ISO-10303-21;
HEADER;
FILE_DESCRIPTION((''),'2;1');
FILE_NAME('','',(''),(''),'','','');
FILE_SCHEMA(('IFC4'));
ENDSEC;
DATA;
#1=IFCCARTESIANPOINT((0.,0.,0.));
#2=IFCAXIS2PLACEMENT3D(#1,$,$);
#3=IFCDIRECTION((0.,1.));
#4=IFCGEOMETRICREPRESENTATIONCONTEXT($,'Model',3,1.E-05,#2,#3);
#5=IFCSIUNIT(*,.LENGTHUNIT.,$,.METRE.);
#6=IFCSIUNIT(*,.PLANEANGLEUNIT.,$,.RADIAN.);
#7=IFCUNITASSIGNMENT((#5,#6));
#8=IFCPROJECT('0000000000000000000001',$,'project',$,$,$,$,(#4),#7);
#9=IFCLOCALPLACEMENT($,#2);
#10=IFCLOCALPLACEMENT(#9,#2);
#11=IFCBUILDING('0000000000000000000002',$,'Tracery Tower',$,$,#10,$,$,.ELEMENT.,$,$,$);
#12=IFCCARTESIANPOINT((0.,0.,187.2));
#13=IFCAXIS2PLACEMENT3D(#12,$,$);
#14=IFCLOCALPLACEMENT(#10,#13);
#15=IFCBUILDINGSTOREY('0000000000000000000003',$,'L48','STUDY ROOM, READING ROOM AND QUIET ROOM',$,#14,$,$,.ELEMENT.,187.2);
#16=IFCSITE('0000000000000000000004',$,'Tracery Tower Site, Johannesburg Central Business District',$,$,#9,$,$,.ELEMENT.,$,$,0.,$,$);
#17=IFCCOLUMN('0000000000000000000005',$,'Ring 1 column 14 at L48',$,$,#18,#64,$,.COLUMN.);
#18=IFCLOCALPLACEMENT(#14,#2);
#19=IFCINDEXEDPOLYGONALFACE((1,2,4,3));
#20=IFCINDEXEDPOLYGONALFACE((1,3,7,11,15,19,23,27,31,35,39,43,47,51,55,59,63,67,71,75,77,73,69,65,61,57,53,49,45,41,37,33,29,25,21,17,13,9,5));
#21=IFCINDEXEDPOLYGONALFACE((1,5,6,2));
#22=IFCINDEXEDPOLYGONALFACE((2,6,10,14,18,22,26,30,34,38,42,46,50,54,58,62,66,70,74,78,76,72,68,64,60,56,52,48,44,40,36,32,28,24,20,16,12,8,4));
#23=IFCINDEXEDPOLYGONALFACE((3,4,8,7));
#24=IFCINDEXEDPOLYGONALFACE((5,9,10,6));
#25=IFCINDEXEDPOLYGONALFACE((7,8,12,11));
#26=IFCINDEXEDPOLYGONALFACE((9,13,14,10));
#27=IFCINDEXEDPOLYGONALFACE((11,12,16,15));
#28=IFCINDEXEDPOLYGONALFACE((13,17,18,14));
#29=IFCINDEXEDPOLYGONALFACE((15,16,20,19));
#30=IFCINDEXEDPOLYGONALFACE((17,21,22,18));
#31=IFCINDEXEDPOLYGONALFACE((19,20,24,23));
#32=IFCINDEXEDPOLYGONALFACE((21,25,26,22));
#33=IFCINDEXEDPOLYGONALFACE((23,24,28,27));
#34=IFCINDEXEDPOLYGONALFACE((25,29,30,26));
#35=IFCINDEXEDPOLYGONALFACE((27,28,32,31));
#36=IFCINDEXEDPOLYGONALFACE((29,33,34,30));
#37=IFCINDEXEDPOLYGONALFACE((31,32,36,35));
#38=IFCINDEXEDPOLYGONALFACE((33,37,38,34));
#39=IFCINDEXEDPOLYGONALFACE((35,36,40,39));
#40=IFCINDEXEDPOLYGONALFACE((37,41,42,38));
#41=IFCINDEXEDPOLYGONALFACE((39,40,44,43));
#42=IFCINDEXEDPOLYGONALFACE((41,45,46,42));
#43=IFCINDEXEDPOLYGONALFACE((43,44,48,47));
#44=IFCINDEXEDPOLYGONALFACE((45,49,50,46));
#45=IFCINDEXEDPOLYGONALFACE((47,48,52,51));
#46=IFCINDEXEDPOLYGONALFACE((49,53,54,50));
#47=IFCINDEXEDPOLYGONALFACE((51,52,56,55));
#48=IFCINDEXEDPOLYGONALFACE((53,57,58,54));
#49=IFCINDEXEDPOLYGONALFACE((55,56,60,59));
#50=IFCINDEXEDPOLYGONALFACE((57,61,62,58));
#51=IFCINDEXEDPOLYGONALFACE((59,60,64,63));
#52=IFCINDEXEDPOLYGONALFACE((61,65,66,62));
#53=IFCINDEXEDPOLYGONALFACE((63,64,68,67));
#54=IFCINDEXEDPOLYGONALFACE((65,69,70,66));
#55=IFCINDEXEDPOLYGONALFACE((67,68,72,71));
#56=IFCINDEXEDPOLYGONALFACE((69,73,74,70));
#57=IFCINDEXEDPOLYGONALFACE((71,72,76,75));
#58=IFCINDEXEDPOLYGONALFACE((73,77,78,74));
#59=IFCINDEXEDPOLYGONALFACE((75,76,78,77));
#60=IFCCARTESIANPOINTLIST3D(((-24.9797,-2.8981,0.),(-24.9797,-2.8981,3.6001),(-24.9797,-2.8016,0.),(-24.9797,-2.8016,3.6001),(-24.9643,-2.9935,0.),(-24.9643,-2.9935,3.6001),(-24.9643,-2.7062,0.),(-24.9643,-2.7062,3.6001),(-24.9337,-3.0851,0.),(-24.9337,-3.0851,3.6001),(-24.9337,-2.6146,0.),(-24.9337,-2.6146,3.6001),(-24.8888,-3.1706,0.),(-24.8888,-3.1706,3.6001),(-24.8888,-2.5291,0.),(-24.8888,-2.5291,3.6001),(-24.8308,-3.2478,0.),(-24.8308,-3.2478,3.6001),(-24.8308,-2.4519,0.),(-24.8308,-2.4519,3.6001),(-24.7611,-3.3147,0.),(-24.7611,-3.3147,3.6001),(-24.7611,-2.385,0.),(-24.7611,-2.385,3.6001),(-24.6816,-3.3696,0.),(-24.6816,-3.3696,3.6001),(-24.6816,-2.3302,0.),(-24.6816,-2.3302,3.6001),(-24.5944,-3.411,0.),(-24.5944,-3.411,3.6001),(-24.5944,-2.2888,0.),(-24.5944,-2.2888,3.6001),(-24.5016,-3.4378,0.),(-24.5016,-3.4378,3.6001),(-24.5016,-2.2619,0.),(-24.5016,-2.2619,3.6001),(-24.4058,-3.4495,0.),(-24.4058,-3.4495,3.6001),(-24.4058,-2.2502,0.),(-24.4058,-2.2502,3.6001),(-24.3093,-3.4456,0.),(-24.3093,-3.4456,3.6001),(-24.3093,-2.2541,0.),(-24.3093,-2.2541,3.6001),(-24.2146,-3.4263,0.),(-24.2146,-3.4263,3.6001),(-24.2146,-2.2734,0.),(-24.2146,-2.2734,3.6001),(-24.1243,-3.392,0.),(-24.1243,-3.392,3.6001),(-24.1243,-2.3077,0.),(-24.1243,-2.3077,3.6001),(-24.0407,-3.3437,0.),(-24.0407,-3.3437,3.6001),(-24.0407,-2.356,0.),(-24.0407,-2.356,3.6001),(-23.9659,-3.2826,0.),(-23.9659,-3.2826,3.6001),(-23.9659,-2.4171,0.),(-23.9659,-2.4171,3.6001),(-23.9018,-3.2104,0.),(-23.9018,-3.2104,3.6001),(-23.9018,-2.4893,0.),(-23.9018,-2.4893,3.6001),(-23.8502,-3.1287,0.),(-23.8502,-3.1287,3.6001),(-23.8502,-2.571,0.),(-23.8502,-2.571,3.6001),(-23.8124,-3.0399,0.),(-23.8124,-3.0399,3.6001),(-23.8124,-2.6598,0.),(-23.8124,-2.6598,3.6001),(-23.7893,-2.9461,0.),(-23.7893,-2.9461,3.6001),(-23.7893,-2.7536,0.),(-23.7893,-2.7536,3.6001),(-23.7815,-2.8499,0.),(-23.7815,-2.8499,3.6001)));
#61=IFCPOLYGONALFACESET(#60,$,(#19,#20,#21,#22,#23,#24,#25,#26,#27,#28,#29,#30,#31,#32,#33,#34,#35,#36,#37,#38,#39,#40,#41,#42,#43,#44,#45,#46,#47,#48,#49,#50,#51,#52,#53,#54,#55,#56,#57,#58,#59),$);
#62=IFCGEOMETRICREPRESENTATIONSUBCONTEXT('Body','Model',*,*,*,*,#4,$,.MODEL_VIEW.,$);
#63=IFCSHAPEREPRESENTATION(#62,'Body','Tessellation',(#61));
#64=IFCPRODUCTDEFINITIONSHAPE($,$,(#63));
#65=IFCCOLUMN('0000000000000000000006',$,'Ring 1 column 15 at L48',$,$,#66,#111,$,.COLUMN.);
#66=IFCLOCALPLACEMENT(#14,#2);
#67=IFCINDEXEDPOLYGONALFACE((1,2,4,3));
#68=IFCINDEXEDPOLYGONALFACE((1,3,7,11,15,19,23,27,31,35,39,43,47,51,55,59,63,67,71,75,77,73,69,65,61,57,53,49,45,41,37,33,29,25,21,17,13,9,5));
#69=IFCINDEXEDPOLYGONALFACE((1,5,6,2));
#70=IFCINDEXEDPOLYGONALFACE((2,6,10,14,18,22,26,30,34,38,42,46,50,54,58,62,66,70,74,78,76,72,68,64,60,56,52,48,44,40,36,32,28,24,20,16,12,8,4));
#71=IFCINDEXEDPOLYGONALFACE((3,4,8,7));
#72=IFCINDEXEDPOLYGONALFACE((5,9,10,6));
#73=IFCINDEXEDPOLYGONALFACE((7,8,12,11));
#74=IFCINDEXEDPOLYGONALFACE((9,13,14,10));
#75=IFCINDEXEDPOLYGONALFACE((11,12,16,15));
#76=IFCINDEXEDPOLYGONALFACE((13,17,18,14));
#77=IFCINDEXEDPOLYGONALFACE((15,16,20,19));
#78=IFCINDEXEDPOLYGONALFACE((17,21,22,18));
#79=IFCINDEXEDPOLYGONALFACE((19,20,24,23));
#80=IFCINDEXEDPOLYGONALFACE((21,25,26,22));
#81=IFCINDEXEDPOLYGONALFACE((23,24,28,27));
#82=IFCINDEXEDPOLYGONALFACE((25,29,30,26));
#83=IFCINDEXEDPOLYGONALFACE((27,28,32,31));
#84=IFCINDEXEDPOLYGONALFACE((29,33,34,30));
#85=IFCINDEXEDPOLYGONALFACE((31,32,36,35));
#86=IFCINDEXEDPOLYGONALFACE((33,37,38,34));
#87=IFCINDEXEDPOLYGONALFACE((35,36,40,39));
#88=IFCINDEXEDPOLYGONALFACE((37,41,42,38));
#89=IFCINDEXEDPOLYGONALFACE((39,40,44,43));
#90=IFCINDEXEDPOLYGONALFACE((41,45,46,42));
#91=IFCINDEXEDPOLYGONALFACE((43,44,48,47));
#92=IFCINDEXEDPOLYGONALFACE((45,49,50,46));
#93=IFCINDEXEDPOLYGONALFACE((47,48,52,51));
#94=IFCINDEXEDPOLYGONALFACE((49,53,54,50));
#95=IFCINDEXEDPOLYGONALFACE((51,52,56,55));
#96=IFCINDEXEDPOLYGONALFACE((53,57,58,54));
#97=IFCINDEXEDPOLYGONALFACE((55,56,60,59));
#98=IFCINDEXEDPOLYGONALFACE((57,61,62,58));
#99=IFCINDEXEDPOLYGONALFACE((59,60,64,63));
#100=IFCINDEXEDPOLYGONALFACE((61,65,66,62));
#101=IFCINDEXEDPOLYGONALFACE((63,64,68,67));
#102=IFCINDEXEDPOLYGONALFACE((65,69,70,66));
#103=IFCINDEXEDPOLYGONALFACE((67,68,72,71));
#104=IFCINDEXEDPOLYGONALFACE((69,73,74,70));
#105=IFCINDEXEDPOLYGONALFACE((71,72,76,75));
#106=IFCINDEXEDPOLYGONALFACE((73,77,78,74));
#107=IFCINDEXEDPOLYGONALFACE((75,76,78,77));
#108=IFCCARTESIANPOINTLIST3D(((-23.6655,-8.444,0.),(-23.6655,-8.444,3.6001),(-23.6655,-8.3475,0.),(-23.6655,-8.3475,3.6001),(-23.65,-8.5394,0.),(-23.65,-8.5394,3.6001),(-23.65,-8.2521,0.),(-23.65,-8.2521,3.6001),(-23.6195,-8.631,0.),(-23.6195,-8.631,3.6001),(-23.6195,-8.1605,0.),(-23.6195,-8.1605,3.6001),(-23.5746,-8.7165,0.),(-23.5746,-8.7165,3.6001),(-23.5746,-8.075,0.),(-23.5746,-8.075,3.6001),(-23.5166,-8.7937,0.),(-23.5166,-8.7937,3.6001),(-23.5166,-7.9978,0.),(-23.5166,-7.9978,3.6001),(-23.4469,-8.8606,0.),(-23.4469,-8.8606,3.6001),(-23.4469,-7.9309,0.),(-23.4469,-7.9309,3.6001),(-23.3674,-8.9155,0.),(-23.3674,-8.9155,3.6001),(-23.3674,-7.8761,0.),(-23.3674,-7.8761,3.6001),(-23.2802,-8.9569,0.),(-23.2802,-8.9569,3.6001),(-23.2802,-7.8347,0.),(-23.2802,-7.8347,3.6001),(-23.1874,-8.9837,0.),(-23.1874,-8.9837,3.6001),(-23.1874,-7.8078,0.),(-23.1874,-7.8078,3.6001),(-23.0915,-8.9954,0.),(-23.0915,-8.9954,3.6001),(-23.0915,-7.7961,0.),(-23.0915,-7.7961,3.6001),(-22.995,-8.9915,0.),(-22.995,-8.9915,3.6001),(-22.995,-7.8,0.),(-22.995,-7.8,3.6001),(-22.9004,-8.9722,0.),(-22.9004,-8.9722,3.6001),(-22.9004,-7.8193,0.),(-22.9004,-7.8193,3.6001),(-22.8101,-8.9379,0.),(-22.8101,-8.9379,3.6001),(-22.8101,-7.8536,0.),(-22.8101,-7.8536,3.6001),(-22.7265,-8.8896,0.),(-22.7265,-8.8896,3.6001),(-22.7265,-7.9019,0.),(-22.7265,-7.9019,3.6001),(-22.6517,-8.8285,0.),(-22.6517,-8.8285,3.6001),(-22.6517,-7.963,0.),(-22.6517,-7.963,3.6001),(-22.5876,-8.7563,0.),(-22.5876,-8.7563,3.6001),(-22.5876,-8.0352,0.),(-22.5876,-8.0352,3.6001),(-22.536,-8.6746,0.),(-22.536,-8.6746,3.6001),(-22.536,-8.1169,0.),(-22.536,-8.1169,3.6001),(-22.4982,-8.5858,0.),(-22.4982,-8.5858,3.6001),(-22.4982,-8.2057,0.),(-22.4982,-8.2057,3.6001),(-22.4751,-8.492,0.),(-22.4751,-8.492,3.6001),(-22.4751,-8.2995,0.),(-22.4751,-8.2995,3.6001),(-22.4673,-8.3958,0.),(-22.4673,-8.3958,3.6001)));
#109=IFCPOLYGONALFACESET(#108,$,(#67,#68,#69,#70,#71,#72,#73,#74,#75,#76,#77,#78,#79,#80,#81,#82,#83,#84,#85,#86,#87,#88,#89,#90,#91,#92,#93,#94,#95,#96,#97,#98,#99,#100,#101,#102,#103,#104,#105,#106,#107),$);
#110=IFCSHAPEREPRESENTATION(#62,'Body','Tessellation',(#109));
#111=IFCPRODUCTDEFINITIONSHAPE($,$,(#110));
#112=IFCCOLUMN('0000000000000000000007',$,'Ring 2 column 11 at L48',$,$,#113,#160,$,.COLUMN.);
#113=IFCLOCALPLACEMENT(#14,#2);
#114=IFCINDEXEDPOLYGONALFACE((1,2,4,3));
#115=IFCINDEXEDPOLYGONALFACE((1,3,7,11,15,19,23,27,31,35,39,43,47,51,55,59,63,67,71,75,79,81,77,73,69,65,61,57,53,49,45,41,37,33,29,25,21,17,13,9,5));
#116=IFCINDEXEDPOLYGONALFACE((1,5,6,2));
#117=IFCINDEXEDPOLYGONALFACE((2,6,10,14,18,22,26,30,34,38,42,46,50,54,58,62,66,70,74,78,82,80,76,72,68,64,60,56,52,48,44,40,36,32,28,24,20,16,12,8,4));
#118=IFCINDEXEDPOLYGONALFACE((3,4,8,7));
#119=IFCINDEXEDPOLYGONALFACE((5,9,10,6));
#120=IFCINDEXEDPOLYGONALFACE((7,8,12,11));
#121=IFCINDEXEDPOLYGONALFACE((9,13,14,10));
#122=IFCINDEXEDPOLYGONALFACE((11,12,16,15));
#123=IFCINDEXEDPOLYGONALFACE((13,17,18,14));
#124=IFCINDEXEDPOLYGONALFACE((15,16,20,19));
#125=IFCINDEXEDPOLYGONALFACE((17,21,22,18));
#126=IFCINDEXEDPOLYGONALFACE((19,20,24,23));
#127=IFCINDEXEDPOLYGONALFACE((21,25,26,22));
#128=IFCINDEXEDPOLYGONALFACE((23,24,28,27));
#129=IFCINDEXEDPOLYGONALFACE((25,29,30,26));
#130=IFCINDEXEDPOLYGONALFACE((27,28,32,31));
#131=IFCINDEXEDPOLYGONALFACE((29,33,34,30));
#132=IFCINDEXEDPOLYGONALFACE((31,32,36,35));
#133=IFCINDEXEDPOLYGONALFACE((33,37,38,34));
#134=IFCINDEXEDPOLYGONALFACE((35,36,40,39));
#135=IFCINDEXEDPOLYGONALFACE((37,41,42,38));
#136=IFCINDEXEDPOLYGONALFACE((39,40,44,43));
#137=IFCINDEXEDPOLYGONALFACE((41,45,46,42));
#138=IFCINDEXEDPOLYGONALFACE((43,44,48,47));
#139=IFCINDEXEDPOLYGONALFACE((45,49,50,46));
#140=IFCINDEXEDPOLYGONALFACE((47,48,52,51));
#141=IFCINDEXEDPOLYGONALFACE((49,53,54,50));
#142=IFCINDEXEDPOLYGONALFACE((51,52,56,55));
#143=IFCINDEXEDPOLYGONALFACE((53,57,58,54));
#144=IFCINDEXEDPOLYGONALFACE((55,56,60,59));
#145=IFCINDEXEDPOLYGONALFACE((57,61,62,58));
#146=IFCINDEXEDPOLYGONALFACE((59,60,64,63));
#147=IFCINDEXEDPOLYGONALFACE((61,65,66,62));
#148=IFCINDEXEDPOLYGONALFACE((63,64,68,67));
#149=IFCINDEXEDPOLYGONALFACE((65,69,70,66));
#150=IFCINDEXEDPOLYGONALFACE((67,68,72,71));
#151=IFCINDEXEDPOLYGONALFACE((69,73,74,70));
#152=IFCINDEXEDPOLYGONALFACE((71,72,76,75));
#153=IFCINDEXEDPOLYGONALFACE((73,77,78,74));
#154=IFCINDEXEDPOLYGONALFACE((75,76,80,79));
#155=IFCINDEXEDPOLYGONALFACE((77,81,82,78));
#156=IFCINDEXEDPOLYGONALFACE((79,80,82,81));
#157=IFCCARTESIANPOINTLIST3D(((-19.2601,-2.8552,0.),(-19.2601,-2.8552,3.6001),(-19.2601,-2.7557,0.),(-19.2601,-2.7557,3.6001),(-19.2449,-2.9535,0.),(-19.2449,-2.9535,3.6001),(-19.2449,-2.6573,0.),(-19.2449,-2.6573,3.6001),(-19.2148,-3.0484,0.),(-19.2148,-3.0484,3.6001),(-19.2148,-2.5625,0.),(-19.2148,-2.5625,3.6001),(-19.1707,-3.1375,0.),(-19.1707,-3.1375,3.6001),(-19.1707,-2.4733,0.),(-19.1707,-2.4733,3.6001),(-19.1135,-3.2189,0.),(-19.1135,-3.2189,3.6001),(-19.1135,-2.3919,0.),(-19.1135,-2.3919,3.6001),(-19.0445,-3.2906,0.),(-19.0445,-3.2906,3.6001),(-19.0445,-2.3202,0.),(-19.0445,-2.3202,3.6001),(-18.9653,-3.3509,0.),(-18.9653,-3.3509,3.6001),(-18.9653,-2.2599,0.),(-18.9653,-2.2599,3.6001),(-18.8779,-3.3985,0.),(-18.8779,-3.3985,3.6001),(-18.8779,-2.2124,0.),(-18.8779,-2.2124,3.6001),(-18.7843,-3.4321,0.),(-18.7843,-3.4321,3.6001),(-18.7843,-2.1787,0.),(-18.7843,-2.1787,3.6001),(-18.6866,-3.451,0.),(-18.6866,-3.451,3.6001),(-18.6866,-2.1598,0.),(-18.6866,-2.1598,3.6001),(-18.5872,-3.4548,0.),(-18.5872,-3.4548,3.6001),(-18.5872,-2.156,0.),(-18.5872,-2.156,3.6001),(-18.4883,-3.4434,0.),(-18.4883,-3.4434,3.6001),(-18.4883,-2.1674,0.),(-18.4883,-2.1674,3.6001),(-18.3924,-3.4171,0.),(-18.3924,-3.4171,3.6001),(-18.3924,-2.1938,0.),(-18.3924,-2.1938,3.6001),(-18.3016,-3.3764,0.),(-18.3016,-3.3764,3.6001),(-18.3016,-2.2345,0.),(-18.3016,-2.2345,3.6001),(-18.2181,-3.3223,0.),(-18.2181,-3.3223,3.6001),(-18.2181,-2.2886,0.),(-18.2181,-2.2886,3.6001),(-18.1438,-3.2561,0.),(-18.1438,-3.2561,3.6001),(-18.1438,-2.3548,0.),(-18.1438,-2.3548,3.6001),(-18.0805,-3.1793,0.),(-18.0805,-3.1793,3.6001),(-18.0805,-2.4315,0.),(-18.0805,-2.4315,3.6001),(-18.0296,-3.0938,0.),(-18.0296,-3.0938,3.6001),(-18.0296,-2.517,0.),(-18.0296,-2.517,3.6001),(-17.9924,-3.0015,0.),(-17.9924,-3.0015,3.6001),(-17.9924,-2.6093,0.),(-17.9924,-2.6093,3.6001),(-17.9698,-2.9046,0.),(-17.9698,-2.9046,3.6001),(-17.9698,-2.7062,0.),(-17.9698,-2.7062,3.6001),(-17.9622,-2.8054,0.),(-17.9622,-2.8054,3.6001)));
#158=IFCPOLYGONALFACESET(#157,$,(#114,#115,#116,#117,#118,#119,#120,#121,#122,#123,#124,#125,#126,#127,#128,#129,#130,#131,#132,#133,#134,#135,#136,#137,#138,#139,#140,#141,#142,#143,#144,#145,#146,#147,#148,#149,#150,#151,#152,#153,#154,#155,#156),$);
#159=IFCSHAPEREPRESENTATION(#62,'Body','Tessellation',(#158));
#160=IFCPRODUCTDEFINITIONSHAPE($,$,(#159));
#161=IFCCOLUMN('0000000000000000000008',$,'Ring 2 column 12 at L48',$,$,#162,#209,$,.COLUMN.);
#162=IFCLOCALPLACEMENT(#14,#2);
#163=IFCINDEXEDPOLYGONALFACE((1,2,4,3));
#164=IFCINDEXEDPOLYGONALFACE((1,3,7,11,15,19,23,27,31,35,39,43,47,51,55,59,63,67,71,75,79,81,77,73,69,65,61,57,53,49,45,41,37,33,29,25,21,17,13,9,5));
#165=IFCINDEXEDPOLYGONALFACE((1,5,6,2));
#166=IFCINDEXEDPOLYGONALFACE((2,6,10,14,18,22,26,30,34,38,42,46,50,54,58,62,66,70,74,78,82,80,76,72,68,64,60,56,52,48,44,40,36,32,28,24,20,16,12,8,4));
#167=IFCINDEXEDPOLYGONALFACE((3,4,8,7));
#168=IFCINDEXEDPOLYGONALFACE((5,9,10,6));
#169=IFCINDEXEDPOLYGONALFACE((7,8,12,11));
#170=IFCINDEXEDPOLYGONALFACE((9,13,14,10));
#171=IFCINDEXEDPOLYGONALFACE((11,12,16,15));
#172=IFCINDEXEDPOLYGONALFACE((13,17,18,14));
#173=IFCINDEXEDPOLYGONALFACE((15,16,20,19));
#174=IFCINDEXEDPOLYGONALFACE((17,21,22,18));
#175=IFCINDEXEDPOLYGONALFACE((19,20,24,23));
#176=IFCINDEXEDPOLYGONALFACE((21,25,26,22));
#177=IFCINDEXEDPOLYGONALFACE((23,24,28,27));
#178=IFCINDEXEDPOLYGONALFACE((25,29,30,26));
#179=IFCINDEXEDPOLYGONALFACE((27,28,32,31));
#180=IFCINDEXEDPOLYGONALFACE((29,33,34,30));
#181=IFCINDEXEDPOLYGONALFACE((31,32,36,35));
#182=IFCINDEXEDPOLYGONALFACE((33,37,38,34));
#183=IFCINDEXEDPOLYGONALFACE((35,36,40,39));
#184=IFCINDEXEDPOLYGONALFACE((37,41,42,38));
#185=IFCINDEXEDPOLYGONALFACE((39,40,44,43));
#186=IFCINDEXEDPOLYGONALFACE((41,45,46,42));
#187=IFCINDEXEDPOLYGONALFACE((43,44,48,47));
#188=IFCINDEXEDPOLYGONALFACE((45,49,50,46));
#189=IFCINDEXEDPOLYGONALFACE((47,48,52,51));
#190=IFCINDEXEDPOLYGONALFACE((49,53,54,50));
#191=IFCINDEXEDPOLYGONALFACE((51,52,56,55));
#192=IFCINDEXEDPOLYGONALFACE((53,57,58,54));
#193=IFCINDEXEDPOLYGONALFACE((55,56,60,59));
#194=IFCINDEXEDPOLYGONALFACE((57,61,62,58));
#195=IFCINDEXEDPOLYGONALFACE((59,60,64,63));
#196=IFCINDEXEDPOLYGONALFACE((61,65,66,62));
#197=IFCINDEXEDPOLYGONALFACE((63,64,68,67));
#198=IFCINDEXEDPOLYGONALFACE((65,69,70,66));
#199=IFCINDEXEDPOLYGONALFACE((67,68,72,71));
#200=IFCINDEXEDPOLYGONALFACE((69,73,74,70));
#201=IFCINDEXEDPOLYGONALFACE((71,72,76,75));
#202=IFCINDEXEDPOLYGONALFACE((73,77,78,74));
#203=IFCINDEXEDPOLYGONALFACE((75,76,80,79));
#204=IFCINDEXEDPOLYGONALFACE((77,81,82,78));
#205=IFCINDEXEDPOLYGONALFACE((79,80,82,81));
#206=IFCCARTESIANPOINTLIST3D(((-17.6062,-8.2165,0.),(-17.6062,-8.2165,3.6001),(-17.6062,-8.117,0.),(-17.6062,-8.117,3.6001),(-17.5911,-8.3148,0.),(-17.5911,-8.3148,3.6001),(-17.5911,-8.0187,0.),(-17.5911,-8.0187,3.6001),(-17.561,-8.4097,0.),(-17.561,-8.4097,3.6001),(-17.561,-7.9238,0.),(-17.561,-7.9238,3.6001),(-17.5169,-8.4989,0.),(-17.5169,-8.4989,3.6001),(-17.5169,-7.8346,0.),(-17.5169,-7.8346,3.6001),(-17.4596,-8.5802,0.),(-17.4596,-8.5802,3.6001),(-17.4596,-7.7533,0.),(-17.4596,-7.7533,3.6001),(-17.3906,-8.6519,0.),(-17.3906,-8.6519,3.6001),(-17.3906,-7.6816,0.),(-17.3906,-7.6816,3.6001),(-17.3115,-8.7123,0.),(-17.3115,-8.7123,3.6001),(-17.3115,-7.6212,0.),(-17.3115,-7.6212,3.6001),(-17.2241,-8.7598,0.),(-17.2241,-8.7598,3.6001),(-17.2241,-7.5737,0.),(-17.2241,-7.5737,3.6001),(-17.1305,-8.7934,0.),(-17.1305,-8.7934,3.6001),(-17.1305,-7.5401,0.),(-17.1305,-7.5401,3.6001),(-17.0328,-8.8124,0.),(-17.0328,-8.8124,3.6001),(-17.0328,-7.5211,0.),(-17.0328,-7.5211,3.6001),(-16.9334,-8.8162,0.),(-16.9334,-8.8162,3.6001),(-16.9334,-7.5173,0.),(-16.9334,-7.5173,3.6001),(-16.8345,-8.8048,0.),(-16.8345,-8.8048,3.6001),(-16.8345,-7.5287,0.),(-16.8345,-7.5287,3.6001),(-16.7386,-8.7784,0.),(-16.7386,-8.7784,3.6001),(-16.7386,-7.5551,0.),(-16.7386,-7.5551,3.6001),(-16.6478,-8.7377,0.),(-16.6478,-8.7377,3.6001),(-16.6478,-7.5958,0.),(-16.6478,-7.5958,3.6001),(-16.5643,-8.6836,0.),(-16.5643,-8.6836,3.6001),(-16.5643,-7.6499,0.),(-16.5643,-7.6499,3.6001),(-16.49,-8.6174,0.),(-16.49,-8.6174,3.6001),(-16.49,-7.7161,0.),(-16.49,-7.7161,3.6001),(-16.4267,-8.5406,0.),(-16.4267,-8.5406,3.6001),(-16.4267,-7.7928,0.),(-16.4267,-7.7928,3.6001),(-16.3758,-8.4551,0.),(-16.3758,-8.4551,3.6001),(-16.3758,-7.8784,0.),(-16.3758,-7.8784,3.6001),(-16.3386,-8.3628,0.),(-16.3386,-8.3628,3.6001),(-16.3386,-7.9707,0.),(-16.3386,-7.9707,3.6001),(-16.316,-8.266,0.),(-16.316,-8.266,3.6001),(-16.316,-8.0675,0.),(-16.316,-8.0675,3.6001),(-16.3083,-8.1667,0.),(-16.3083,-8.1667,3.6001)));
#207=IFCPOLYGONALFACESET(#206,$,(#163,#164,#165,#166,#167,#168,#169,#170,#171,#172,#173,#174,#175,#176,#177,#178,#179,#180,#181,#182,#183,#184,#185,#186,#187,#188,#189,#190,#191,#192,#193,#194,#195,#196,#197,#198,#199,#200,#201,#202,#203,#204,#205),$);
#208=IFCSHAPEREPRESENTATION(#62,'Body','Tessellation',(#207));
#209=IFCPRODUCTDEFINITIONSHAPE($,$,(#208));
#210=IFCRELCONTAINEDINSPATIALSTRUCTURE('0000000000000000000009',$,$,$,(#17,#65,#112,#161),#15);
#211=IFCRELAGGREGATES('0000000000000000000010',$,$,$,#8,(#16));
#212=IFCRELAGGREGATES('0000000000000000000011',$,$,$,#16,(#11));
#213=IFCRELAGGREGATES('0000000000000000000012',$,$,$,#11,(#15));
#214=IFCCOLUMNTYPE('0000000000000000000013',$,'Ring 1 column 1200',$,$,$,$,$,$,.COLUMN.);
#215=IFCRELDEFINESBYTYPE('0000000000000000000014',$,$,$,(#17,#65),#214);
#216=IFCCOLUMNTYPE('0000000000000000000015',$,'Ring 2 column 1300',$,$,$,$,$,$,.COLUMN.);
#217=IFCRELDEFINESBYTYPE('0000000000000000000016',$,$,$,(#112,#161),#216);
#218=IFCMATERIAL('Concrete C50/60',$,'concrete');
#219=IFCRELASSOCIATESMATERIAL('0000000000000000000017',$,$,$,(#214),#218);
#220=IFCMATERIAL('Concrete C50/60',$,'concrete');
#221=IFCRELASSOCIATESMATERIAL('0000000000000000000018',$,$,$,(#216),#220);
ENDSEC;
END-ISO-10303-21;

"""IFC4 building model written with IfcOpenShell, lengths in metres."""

from ifc_helpers import new_model, si_unit, direction, frame, origin, origin_2d, place, context, subcontext, project, spatial, circle, extrude, material, material_profile, profile_set, type_object, element, save


model = new_model("IFC4")

# Units and contexts
model_context = context("Model", 3, precision=1e-05, world=origin(), true_north=direction((0.0, 1.0)))
body_context = subcontext(model_context, "Body", "Model", "MODEL_VIEW")
ifc_project = project(units=[si_unit("LENGTHUNIT", "METRE"), si_unit("PLANEANGLEUNIT", "RADIAN")], contexts=[model_context])

# Site, building, storey
site_placement = place(None, origin())
site = spatial("IfcSite", under=ifc_project, at=site_placement, Name="Tracery Tower Site, Johannesburg Central Business District", CompositionType="ELEMENT", RefElevation=0.0)
building_placement = place(site_placement, origin())
building = spatial("IfcBuilding", under=site, at=building_placement, Name="Tracery Tower", CompositionType="ELEMENT")
storey_placement = place(building_placement, frame((0.0, 0.0, 187.2)))
storey = spatial("IfcBuildingStorey", under=building, at=storey_placement, Name="L48", Description="STUDY ROOM, READING ROOM AND QUIET ROOM", CompositionType="ELEMENT", Elevation=187.2)

# Columns
ifc_material_1 = material(Name="Concrete C50/60", Category="concrete")
ifc_material_profile_1 = material_profile(ifc_material_1, circle(Radius=0.6001, at=origin_2d()), Name="RC D1200")
ifc_profile_set_1 = profile_set([ifc_material_profile_1], Name="Concrete C50/60")
column_type_1 = type_object("IfcColumnType", Name="Ring 1 column 1200", PredefinedType="COLUMN", material=ifc_profile_set_1)
for number, where, z_axis, x_axis, name in (
    (1, (-24.3816, -2.8499, 0.0), (0.0, 0.0, 1.0), (1.0, 0.0, 0.0), "Ring 1 column 14 at L48"),
    (2, (-23.0674, -8.3958, 0.0), (0.0, 0.0, 1.0), (1.0, 0.0, 0.0), "Ring 1 column 15 at L48"),
):
    element("IfcColumn", number, at=place(storey_placement, frame(where, z_axis=z_axis, x_axis=x_axis)), inside=storey, type_object=column_type_1, Name=name, PredefinedType="COLUMN", context=body_context, shape_type="SweptSolid", body=[
        extrude(circle(Radius=0.6001, at=origin_2d()), origin(), (0.0, 0.0, 1.0), 3.6001),
    ])
ifc_material_2 = material(Name="Concrete C50/60", Category="concrete")
ifc_material_profile_2 = material_profile(ifc_material_2, circle(Radius=0.6499, at=origin_2d()), Name="RC D1300")
ifc_profile_set_2 = profile_set([ifc_material_profile_2], Name="Concrete C50/60")
column_type_2 = type_object("IfcColumnType", Name="Ring 2 column 1300", PredefinedType="COLUMN", material=ifc_profile_set_2)
for number, where, z_axis, x_axis, name in (
    (3, (-18.6121, -2.8054, 0.0), (0.0, 0.0, 1.0), (1.0, 0.0, 0.0), "Ring 2 column 11 at L48"),
    (4, (-16.9583, -8.1667, 0.0), (0.0, 0.0, 1.0), (1.0, 0.0, 0.0), "Ring 2 column 12 at L48"),
):
    element("IfcColumn", number, at=place(storey_placement, frame(where, z_axis=z_axis, x_axis=x_axis)), inside=storey, type_object=column_type_2, Name=name, PredefinedType="COLUMN", context=body_context, shape_type="SweptSolid", body=[
        extrude(circle(Radius=0.6499, at=origin_2d()), origin(), (0.0, 0.0, 1.0), 3.6001),
    ])

save(model, "model.ifc")
